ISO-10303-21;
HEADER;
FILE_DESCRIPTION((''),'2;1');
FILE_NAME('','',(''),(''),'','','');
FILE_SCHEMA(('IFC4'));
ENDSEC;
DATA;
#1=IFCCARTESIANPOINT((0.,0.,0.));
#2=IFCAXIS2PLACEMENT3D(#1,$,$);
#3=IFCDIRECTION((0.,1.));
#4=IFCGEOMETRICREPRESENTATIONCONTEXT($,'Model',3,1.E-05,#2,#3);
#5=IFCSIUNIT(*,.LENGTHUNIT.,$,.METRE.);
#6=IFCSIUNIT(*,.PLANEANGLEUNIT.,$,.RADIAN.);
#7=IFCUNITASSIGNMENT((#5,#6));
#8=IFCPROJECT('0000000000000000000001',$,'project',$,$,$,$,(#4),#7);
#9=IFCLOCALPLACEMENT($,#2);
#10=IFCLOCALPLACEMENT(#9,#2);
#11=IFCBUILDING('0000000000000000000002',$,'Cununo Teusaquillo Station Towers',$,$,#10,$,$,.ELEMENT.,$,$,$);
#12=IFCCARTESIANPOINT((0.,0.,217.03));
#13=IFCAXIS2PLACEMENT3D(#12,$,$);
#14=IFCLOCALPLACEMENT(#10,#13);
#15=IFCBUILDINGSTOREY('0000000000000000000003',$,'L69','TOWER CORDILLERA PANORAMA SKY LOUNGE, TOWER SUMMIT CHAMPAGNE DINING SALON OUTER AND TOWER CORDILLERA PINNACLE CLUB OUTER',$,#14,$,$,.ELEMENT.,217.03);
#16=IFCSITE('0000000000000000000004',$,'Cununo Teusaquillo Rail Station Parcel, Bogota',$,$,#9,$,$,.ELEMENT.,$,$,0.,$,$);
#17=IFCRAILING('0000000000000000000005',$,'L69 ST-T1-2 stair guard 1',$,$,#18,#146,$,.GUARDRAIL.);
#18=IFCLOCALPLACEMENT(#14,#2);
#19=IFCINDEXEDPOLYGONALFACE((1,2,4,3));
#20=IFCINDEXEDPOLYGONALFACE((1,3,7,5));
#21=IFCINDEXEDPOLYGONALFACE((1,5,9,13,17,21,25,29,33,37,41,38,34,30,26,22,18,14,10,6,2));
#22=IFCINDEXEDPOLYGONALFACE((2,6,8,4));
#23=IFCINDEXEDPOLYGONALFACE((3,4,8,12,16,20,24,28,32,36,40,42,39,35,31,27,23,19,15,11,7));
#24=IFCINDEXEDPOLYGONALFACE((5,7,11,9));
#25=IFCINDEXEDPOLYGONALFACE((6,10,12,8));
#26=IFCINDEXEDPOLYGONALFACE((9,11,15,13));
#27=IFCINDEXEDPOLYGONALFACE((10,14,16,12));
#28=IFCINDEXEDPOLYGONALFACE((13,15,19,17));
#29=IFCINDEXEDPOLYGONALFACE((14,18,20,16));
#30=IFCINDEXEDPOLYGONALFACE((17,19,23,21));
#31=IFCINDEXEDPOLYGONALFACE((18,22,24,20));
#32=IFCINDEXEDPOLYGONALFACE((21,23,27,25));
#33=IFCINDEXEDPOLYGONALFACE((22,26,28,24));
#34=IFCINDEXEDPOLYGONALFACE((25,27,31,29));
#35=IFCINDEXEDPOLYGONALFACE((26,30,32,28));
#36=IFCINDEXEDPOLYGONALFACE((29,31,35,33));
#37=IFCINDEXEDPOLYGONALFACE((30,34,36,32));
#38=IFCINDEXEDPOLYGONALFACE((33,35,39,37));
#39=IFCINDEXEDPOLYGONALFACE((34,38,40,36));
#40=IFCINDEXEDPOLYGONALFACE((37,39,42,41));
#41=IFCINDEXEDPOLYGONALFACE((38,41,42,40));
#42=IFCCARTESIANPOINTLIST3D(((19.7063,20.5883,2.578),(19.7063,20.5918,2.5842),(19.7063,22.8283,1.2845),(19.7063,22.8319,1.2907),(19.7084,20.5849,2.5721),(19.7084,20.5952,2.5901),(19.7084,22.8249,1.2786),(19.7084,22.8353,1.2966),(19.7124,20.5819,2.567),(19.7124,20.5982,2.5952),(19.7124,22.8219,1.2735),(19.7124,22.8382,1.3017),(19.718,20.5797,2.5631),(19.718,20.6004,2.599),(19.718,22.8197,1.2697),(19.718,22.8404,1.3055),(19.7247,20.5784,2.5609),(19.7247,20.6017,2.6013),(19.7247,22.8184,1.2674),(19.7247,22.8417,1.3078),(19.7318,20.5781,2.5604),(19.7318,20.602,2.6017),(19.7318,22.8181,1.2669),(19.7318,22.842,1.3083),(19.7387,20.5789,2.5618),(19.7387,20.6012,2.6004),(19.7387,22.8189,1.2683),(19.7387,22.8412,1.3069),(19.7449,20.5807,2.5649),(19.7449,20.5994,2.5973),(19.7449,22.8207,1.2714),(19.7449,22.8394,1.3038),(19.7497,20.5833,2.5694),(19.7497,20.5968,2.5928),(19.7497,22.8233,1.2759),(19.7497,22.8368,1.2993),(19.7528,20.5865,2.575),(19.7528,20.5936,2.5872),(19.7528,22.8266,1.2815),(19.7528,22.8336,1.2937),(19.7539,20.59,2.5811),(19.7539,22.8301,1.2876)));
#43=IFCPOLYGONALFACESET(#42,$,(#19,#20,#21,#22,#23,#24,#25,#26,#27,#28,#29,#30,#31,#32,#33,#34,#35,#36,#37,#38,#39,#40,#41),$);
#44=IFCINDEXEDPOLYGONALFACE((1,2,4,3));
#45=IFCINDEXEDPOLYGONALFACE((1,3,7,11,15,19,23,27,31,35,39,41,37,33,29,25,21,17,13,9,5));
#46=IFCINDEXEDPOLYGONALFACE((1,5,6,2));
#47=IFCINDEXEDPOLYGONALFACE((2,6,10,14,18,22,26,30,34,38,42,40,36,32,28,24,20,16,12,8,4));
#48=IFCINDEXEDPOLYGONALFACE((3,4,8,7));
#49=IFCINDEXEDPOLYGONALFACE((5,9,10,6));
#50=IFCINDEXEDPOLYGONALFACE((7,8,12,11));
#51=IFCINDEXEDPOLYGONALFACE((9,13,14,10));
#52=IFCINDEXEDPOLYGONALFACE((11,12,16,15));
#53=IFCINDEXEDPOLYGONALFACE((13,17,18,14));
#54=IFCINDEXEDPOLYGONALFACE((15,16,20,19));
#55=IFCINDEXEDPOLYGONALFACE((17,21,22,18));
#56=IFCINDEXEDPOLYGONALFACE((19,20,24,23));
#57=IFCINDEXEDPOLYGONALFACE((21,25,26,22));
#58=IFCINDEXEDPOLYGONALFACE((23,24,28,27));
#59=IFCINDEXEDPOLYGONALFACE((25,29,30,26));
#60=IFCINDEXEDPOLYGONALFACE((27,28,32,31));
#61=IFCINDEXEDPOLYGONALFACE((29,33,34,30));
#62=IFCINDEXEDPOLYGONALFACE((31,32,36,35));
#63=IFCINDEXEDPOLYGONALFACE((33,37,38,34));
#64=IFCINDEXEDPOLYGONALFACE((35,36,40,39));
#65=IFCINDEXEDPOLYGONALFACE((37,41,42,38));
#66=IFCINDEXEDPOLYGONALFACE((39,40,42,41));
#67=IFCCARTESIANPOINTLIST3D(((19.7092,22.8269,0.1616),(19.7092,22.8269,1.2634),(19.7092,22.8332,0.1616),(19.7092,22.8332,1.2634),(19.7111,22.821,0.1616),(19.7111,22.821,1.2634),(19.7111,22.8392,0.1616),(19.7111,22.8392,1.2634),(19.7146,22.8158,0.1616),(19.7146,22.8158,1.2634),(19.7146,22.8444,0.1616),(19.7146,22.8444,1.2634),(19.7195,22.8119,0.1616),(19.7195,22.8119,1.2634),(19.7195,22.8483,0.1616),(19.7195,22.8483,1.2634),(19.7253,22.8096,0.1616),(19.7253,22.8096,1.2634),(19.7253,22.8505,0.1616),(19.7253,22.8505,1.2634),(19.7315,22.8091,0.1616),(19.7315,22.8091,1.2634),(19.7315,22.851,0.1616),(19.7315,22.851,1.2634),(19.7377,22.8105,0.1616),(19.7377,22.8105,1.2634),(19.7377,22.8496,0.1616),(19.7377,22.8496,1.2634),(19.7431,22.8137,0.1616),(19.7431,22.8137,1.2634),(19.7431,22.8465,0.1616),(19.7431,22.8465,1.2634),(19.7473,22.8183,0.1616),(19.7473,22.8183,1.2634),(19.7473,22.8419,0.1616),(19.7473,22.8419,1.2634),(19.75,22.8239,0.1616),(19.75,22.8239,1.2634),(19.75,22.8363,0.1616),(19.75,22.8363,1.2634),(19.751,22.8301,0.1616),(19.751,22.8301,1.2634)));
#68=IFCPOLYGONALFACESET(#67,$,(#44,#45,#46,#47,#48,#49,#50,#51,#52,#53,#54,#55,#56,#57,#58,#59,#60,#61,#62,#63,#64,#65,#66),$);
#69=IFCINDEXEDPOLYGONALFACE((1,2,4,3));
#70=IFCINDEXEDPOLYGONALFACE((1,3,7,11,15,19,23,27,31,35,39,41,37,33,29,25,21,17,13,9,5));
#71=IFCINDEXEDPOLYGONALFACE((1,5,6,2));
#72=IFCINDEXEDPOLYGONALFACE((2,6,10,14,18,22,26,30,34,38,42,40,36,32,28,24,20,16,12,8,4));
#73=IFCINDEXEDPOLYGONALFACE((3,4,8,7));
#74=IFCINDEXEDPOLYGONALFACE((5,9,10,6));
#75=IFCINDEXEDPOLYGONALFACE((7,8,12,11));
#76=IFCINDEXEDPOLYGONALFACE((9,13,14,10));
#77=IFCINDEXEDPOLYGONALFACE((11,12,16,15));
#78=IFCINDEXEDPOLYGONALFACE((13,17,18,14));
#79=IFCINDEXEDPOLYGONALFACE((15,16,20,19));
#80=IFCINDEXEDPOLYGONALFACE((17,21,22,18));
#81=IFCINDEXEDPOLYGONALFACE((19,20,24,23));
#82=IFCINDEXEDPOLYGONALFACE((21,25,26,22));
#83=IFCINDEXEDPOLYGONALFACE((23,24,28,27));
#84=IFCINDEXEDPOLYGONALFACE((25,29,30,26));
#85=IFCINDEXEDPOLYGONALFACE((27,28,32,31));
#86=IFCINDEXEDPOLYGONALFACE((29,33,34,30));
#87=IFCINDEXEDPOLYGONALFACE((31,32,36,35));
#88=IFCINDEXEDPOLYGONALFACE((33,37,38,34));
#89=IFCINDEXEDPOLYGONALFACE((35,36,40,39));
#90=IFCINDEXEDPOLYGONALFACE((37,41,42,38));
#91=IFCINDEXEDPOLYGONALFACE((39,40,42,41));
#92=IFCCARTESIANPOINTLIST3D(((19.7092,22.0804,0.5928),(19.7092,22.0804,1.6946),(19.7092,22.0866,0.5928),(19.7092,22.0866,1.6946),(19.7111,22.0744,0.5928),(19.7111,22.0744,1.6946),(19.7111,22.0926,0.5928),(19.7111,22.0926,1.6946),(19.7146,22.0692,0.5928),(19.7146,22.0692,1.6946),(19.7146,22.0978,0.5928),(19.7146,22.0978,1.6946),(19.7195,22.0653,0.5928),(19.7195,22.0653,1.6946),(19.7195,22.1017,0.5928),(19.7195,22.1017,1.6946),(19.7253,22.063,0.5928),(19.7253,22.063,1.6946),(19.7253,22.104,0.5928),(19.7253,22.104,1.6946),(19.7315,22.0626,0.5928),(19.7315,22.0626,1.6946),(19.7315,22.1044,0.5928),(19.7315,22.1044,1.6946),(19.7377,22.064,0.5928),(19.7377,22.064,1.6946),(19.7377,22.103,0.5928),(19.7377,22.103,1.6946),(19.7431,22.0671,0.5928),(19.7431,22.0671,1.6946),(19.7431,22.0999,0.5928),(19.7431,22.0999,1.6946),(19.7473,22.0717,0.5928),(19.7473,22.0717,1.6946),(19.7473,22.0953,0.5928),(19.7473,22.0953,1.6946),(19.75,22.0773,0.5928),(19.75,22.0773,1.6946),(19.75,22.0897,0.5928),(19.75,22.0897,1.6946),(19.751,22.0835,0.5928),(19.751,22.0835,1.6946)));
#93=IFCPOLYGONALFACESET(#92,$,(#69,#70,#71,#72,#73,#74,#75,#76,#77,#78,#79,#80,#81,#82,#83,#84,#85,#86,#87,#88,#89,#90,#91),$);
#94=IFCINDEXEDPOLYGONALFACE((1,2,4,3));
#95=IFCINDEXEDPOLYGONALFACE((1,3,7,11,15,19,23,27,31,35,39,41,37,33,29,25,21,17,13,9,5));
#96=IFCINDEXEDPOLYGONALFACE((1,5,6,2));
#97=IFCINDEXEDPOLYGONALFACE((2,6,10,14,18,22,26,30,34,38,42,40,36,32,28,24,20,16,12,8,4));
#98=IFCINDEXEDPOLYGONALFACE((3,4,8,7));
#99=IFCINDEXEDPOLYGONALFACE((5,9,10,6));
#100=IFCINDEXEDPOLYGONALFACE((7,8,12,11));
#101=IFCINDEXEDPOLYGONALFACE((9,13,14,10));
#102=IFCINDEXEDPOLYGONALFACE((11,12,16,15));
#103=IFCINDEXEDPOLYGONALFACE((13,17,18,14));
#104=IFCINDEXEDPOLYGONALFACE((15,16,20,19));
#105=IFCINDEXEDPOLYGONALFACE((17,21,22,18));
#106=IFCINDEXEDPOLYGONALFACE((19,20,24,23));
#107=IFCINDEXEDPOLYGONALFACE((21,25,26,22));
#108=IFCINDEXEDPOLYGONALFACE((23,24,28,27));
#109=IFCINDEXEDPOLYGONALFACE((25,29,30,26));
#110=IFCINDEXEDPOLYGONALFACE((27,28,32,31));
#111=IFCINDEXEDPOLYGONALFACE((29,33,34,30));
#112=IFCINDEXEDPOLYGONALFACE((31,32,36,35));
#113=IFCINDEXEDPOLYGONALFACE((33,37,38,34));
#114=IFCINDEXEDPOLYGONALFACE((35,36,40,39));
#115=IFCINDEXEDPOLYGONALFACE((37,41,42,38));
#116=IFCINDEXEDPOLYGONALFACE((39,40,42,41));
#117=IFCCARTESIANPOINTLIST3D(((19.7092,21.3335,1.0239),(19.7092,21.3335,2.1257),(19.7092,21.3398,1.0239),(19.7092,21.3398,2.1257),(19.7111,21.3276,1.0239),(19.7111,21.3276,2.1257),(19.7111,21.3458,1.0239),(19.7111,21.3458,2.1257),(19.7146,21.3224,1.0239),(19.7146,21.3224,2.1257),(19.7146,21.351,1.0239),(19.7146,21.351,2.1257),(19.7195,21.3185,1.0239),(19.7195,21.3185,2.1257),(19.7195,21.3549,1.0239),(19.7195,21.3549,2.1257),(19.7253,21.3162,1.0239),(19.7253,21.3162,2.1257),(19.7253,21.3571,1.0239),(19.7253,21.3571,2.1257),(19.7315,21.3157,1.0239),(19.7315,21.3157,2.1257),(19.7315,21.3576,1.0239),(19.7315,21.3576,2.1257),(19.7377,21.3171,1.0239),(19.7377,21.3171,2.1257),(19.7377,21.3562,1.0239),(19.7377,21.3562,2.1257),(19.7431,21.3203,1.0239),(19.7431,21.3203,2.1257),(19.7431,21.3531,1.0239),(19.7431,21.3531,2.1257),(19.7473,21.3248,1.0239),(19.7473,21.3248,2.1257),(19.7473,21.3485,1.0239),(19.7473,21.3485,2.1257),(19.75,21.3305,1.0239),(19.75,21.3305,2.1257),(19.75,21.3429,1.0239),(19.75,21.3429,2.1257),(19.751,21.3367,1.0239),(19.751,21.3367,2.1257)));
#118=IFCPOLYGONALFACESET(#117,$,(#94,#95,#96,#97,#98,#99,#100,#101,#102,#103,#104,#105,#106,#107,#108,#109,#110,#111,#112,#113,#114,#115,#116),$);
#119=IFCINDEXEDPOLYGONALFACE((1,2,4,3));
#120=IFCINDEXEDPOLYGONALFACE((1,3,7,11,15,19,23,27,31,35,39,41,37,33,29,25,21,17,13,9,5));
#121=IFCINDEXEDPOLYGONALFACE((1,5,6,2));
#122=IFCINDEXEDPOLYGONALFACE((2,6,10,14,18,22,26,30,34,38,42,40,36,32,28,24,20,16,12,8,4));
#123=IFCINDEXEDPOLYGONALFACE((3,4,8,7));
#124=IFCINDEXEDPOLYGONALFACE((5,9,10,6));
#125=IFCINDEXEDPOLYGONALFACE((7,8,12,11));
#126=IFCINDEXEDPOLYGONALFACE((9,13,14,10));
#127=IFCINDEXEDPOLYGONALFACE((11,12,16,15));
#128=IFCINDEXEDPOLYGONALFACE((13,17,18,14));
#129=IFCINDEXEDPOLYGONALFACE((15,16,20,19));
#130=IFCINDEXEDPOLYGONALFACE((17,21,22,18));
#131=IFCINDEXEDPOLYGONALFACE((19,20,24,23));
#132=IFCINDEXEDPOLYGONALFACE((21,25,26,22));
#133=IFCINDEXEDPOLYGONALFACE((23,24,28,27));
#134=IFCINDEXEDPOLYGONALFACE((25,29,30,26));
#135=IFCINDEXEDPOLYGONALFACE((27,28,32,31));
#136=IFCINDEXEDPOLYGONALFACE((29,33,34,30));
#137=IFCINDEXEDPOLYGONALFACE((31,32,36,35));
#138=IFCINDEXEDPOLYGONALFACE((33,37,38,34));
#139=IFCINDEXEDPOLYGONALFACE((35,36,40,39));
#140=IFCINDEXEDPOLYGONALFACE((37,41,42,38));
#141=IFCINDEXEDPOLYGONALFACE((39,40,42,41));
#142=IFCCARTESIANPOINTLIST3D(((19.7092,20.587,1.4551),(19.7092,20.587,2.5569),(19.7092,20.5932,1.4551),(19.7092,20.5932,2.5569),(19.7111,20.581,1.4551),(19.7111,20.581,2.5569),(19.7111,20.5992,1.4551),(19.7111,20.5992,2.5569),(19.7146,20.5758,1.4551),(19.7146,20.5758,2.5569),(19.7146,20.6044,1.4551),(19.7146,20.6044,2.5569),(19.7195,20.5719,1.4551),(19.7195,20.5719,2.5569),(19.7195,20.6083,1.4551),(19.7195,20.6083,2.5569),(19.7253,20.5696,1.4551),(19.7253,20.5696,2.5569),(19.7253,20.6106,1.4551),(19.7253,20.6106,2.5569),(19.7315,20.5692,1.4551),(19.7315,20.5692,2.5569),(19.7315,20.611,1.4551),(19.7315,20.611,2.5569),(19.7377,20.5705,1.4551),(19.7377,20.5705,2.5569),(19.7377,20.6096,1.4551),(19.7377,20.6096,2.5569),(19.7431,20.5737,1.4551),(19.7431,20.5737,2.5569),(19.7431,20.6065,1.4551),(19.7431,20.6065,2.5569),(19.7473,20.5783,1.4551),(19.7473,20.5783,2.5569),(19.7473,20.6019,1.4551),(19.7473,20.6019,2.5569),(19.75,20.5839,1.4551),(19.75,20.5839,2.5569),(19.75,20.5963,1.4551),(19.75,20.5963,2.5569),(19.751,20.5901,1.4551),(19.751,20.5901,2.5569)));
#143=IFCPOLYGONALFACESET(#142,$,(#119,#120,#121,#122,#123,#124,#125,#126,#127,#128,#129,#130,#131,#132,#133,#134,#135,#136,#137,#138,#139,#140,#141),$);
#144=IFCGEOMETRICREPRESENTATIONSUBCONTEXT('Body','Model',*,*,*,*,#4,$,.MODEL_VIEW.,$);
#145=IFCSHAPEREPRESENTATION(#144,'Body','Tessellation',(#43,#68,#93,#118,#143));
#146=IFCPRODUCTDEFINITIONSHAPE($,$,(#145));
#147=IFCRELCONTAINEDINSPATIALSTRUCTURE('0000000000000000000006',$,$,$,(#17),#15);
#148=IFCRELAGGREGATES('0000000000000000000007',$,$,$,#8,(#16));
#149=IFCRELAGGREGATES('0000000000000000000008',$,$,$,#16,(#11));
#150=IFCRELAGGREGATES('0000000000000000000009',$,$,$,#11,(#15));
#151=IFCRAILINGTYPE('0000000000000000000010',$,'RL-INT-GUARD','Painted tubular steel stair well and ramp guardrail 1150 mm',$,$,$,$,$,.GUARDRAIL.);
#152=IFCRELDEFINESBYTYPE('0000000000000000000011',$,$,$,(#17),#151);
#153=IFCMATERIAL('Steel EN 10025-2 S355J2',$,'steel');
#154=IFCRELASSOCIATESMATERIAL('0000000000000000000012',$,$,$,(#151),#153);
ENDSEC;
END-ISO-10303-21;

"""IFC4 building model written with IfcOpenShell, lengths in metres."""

from ifc_helpers import new_model, si_unit, direction, frame, origin, origin_2d, place, context, subcontext, project, spatial, circle, extrude, material, type_object, element, save


model = new_model("IFC4")

# Units and contexts
model_context = context("Model", 3, precision=1e-05, world=origin(), true_north=direction((0.0, 1.0)))
body_context = subcontext(model_context, "Body", "Model", "MODEL_VIEW")
ifc_project = project(units=[si_unit("LENGTHUNIT", "METRE"), si_unit("PLANEANGLEUNIT", "RADIAN")], contexts=[model_context])

# Site, building, storey
site_placement = place(None, origin())
site = spatial("IfcSite", under=ifc_project, at=site_placement, Name="Cununo Teusaquillo Rail Station Parcel, Bogota", CompositionType="ELEMENT", RefElevation=0.0)
building_placement = place(site_placement, origin())
building = spatial("IfcBuilding", under=site, at=building_placement, Name="Cununo Teusaquillo Station Towers", CompositionType="ELEMENT")
storey_placement = place(building_placement, frame((0.0, 0.0, 217.03)))
storey = spatial("IfcBuildingStorey", under=building, at=storey_placement, Name="L69", Description="TOWER CORDILLERA PANORAMA SKY LOUNGE, TOWER SUMMIT CHAMPAGNE DINING SALON OUTER AND TOWER CORDILLERA PINNACLE CLUB OUTER", CompositionType="ELEMENT", Elevation=217.03)

# Railing
ifc_material_1 = material(Name="Steel EN 10025-2 S355J2", Category="steel")
railing_type_1 = type_object("IfcRailingType", Name="RL-INT-GUARD", Description="Painted tubular steel stair well and ramp guardrail 1150 mm", PredefinedType="GUARDRAIL", material=ifc_material_1)
railing_1_placement = place(storey_placement, frame((19.73, 22.8301, 0.1616)))
element("IfcRailing", 1, at=railing_1_placement, inside=storey, type_object=railing_type_1, Name="L69 ST-T1-2 stair guard 1", PredefinedType="GUARDRAIL", context=body_context, shape_type="SweptSolid", body=[
    extrude(circle(Radius=0.0239, at=origin_2d()), frame((0.0, 0.0, 1.126), z_axis=(0.0, -0.865992, 0.500057), x_axis=(1.0, 0.0, 0.0)), (0.0, 0.0, 1.0), 2.5867),
    extrude(circle(Radius=0.021, at=origin_2d()), origin(), (0.0, 0.0, 1.0), 1.1018),
    extrude(circle(Radius=0.021, at=origin_2d()), frame((0.0, -0.7466, 0.4312)), (0.0, 0.0, 1.0), 1.1018),
    extrude(circle(Radius=0.021, at=origin_2d()), frame((0.0, -1.4934, 0.8623)), (0.0, 0.0, 1.0), 1.1018),
    extrude(circle(Radius=0.021, at=origin_2d()), frame((0.0, -2.24, 1.2935)), (0.0, 0.0, 1.0), 1.1018),
])

save(model, "model.ifc")
